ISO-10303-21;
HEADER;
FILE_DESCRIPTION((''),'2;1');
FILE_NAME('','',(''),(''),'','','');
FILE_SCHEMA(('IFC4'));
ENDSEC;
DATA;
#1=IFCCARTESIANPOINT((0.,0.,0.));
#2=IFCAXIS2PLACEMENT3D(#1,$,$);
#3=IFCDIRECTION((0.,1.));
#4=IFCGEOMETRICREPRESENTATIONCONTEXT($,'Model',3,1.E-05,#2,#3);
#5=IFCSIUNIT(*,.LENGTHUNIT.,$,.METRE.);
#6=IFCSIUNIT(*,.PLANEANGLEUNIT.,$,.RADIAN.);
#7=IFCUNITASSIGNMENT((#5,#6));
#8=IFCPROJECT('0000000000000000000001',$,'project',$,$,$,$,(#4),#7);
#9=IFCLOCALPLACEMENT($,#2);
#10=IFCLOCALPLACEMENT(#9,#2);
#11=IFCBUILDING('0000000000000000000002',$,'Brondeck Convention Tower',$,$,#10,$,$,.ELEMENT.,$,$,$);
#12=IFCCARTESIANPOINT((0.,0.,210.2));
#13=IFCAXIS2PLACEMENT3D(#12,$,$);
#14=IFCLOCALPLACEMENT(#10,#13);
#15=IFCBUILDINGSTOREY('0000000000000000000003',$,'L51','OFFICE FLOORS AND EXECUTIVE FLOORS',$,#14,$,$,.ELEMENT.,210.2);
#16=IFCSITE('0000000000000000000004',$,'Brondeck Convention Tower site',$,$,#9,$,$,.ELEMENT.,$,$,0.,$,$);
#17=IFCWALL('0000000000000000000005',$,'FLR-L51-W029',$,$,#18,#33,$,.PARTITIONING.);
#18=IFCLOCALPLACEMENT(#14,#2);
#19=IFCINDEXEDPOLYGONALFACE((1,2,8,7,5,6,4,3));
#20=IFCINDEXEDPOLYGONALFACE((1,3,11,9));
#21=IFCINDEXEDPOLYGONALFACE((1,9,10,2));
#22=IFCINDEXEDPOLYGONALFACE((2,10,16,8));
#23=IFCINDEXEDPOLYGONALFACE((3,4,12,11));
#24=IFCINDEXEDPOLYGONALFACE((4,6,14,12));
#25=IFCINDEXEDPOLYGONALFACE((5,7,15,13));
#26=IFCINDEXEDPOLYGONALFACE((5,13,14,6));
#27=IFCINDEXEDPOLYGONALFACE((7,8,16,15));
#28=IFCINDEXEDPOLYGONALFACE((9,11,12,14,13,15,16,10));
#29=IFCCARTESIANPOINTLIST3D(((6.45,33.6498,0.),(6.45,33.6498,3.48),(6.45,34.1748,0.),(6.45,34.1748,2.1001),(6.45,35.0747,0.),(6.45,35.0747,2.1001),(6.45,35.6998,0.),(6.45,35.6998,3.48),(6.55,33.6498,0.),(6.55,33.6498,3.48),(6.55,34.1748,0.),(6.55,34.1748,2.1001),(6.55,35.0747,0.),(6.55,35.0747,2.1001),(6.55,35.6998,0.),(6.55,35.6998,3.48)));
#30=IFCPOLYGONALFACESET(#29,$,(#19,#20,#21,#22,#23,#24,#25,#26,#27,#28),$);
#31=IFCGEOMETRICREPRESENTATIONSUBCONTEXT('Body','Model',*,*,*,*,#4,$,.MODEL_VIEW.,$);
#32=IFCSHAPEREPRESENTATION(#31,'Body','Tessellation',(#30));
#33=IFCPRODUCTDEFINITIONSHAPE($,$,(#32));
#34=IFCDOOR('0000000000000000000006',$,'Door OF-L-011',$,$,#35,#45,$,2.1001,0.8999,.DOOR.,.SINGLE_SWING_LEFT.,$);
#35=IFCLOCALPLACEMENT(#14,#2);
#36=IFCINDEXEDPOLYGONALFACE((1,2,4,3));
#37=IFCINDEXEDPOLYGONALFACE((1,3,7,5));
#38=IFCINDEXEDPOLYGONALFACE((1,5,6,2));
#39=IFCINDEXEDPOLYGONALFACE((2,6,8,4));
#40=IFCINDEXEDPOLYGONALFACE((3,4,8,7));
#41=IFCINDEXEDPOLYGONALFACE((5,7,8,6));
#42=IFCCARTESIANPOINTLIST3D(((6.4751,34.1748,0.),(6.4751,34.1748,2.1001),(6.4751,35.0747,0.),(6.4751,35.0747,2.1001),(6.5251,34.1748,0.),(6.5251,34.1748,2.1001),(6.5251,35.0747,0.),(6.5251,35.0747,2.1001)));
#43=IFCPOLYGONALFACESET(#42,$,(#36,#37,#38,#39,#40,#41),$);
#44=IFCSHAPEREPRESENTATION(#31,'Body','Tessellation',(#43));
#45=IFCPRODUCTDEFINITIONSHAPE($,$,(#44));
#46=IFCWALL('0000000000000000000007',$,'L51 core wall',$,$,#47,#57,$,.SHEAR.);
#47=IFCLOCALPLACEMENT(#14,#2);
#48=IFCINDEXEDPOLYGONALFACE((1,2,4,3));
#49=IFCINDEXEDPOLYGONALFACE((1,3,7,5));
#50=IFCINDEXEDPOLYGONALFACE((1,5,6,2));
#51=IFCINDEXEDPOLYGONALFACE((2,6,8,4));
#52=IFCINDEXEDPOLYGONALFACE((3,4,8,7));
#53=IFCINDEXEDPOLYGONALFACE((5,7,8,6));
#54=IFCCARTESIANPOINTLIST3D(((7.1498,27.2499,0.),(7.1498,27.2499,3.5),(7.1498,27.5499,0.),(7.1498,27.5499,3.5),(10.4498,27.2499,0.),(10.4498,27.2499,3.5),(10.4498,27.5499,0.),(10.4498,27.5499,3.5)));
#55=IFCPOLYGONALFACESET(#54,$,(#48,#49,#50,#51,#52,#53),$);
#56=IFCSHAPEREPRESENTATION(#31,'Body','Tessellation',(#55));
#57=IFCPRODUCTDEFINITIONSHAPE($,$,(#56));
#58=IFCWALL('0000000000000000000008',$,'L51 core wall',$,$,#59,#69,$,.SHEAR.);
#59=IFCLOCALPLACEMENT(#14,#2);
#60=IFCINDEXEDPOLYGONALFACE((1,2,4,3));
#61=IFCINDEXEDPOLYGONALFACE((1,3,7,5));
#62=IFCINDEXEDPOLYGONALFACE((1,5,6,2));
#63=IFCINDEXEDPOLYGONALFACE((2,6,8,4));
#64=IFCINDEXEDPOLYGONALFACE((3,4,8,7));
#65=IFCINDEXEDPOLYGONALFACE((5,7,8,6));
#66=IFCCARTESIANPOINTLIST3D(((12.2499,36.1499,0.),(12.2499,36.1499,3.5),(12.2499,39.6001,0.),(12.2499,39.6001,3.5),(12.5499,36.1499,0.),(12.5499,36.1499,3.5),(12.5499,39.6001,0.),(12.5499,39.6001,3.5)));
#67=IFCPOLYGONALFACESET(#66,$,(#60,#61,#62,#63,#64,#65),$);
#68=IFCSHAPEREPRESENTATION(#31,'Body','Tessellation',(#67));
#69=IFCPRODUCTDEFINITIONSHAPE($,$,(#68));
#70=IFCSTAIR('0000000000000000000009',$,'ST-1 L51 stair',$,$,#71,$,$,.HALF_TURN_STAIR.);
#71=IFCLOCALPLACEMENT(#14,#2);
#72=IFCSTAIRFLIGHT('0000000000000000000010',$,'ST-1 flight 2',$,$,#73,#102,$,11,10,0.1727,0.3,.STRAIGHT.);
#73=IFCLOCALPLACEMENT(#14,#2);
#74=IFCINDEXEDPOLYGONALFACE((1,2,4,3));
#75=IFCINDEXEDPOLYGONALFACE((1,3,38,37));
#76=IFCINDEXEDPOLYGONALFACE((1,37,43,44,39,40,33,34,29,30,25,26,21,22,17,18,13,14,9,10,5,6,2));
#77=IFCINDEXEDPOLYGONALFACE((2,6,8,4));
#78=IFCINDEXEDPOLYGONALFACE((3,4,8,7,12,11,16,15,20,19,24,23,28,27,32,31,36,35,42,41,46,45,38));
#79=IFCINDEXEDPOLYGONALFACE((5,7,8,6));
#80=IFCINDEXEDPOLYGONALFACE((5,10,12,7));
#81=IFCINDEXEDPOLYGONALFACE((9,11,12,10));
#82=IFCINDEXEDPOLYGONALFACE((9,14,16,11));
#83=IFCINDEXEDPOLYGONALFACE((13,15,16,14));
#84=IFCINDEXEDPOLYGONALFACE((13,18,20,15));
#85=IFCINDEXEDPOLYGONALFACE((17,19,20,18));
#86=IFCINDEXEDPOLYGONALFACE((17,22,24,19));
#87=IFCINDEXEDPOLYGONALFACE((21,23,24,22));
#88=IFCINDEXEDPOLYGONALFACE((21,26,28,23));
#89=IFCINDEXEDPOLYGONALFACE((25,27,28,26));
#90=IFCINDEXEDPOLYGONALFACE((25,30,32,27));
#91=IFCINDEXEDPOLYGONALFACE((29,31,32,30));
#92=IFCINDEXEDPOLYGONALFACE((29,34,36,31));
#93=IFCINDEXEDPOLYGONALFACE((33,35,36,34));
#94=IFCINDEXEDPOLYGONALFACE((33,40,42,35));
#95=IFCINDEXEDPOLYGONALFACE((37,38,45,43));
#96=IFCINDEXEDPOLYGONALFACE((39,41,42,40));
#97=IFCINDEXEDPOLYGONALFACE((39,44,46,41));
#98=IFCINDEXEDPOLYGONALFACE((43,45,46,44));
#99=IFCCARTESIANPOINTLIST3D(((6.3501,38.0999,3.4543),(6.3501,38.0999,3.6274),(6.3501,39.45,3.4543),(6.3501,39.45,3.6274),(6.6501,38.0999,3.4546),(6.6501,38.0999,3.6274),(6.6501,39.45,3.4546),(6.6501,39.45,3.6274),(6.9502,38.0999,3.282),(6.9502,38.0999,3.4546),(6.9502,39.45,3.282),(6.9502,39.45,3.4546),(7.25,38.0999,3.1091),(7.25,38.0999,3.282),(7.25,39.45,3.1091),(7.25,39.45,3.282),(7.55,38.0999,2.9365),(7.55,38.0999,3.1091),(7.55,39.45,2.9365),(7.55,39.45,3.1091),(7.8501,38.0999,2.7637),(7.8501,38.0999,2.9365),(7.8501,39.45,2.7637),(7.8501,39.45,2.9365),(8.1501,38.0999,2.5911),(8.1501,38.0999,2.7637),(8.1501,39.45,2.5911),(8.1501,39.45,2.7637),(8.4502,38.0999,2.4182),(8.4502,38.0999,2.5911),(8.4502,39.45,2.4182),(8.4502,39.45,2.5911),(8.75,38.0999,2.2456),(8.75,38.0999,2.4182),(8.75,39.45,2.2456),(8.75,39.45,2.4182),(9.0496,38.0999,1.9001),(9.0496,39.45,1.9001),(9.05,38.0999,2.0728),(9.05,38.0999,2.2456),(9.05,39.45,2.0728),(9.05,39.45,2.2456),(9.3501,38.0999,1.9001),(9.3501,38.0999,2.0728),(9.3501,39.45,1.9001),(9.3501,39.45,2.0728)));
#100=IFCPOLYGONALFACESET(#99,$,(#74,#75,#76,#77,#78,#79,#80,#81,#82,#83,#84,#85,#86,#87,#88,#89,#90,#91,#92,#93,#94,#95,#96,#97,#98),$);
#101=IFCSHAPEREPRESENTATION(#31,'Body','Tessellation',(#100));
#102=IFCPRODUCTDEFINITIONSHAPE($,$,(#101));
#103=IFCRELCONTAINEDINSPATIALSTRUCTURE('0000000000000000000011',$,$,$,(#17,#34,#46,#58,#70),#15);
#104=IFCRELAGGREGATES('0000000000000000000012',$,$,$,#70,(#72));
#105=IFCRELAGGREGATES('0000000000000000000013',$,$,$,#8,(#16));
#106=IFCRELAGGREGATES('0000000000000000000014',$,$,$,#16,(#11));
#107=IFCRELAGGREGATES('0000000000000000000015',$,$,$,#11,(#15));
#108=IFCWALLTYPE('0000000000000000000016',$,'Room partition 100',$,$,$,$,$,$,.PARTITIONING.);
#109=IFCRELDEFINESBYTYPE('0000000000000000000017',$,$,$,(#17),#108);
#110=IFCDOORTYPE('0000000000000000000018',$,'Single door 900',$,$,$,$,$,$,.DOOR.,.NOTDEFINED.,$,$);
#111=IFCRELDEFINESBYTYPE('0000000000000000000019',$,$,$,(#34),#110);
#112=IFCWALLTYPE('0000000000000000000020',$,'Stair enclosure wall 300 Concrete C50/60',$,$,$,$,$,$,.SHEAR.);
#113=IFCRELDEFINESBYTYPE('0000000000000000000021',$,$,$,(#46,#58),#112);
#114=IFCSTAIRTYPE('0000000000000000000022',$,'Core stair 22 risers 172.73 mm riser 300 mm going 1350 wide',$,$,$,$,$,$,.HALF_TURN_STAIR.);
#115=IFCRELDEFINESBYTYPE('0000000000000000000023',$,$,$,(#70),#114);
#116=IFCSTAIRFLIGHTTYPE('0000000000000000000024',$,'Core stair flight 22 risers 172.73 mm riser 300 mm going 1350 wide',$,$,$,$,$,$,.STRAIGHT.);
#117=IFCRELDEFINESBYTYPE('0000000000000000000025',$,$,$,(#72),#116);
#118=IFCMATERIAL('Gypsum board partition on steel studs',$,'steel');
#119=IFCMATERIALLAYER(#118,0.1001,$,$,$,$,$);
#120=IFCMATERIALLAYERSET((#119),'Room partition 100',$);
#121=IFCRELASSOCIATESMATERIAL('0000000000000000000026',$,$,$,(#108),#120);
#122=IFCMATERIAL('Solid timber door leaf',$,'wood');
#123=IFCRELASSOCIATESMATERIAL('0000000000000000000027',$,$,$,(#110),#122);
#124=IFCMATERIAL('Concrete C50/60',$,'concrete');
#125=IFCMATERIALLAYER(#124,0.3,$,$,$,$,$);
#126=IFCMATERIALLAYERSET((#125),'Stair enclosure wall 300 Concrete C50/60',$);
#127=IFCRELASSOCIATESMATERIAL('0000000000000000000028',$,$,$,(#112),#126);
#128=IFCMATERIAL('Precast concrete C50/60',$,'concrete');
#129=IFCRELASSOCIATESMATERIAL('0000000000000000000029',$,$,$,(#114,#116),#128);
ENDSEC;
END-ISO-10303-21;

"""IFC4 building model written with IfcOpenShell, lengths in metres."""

from ifc_helpers import new_model, si_unit, direction, frame, frame_2d, origin, place, context, subcontext, project, spatial, polyline, rectangle, outline, extrude, material, layer, layer_set, type_object, element, fill, aggregate, save


model = new_model("IFC4")

# Units and contexts
model_context = context("Model", 3, precision=1e-05, world=origin(), true_north=direction((0.0, 1.0)))
body_context = subcontext(model_context, "Body", "Model", "MODEL_VIEW")
ifc_project = project(units=[si_unit("LENGTHUNIT", "METRE"), si_unit("PLANEANGLEUNIT", "RADIAN")], contexts=[model_context])

# Site, building, storey
site_placement = place(None, origin())
site = spatial("IfcSite", under=ifc_project, at=site_placement, Name="Brondeck Convention Tower site", CompositionType="ELEMENT", RefElevation=0.0)
building_placement = place(site_placement, origin())
building = spatial("IfcBuilding", under=site, at=building_placement, Name="Brondeck Convention Tower", CompositionType="ELEMENT")
storey_placement = place(building_placement, frame((0.0, 0.0, 210.2)))
storey = spatial("IfcBuildingStorey", under=building, at=storey_placement, Name="L51", Description="OFFICE FLOORS AND EXECUTIVE FLOORS", CompositionType="ELEMENT", Elevation=210.2)

# Shared definitions
ifc_material_1 = material(Name="Concrete C50/60", Category="concrete")

# Shared definitions
ifc_material_2 = material(Name="Gypsum board partition on steel studs", Category="steel")
ifc_layer_1 = layer(ifc_material_2, 0.1001)
ifc_layer_set_1 = layer_set([ifc_layer_1], Name="Room partition 100")
wall_type_1 = type_object("IfcWallType", Name="Room partition 100", PredefinedType="PARTITIONING", material=ifc_layer_set_1)

# Wall, opening, door
wall_1_placement = place(storey_placement, frame((6.5, 33.6499, 0.0), z_axis=(0.0, 0.0, 1.0), x_axis=(0.0, 1.0, 0.0)))
wall_1 = element("IfcWall", 1, at=wall_1_placement, inside=storey, type_object=wall_type_1, Name="FLR-L51-W029", PredefinedType="PARTITIONING", context=body_context, shape_type="SweptSolid", body=[
    extrude(rectangle(XDim=2.05, YDim=0.1001, at=frame_2d((1.0249, 0.0))), origin(), (0.0, 0.0, 1.0), 3.48),
])
opening_1_placement = place(wall_1_placement, frame((0.5249, 0.0, 0.0)))
opening_1 = element("IfcOpeningElement", 2, at=opening_1_placement, cuts=wall_1, PredefinedType="OPENING", context=body_context, shape_type="SweptSolid", body=[
    extrude(rectangle(XDim=0.8999, YDim=2.1001, at=frame_2d((0.45, 1.05))), frame((0.0, 0.0601, 0.0), z_axis=(0.0, -1.0, 0.0), x_axis=(1.0, 0.0, 0.0)), (0.0, 0.0, 1.0), 0.1201),
])
ifc_material_3 = material(Name="Solid timber door leaf", Category="wood")
door_type_1 = type_object("IfcDoorType", Name="Single door 900", OperationType="NOTDEFINED", PredefinedType="DOOR", material=ifc_material_3)
door_1_placement = place(opening_1_placement, origin())
door_1 = element("IfcDoor", 3, at=door_1_placement, inside=storey, type_object=door_type_1, Name="Door OF-L-011", OperationType="SINGLE_SWING_LEFT", OverallHeight=2.1001, OverallWidth=0.8999, PredefinedType="DOOR", context=body_context, shape_type="SweptSolid", body=[
    extrude(rectangle(XDim=0.8999, YDim=2.1001, at=frame_2d((0.45, 1.05))), frame((0.0, 0.0249, 0.0), z_axis=(0.0, -1.0, 0.0), x_axis=(1.0, 0.0, 0.0)), (0.0, 0.0, 1.0), 0.05),
])
fill(opening_1, door_1)

# Walls
ifc_layer_2 = layer(ifc_material_1, 0.3)
ifc_layer_set_2 = layer_set([ifc_layer_2], Name="Stair enclosure wall 300 Concrete C50/60")
wall_type_2 = type_object("IfcWallType", Name="Stair enclosure wall 300 Concrete C50/60", PredefinedType="SHEAR", material=ifc_layer_set_2)
wall_2_placement = place(storey_placement, frame((7.1499, 27.3999, 0.0), z_axis=(0.0, 0.0, 1.0), x_axis=(1.0, 0.0, 0.0)))
element("IfcWall", 4, at=wall_2_placement, inside=storey, type_object=wall_type_2, Name="L51 core wall", PredefinedType="SHEAR", context=body_context, shape_type="SweptSolid", body=[
    extrude(rectangle(XDim=3.3, YDim=0.3, at=frame_2d((1.6499, 0.0))), origin(), (0.0, 0.0, 1.0), 3.5),
])
wall_3_placement = place(storey_placement, frame((12.3999, 36.1499, 0.0), z_axis=(0.0, 0.0, 1.0), x_axis=(0.0, 1.0, 0.0)))
element("IfcWall", 5, at=wall_3_placement, inside=storey, type_object=wall_type_2, Name="L51 core wall", PredefinedType="SHEAR", context=body_context, shape_type="SweptSolid", body=[
    extrude(rectangle(XDim=3.4502, YDim=0.3, at=frame_2d((1.7251, 0.0))), origin(), (0.0, 0.0, 1.0), 3.5),
])

# Stair, stair flight
ifc_material_4 = material(Name="Precast concrete C50/60", Category="concrete")
stair_type = type_object("IfcStairType", Name="Core stair 22 risers 172.73 mm riser 300 mm going 1350 wide", PredefinedType="HALF_TURN_STAIR", material=ifc_material_4)
stair_placement = place(storey_placement, origin())
stair = element("IfcStair", 6, at=stair_placement, inside=storey, type_object=stair_type, Name="ST-1 L51 stair", PredefinedType="HALF_TURN_STAIR")
stair_flight_type = type_object("IfcStairFlightType", Name="Core stair flight 22 risers 172.73 mm riser 300 mm going 1350 wide", PredefinedType="STRAIGHT", material=ifc_material_4)
stair_flight_placement = place(storey_placement, frame((9.3501, 38.7749, 1.9001), z_axis=(0.0, 0.0, 1.0), x_axis=(-1.0, 0.0, 0.0)))
stair_flight = element("IfcStairFlight", 7, at=stair_flight_placement, type_object=stair_flight_type, Name="ST-1 flight 2", NumberOfRisers=11, NumberOfTreads=10, PredefinedType="STRAIGHT", RiserHeight=0.1727, TreadLength=0.3, context=body_context, shape_type="SweptSolid", body=[
    extrude(outline(polyline([(0.0, 0.0), (0.0, 0.1726), (0.3, 0.1726), (0.3, 0.3455), (0.6001, 0.3455), (0.6001, 0.5181), (0.8999, 0.5181), (0.8999, 0.6909), (1.2, 0.6909), (1.2, 0.8635), (1.5, 0.8635), (1.5, 1.0364), (1.8, 1.0364), (1.8, 1.209), (2.1001, 1.209), (2.1001, 1.3818), (2.3999, 1.3818), (2.3999, 1.5544), (2.7, 1.5544), (2.7, 1.7273), (3.0, 1.7273), (3.0, 1.8999), (3.0, 1.5542), (0.3005, 0.0), (0.0, 0.0)])), frame((0.0, 0.675, 0.0), z_axis=(0.0, -1.0, 0.0), x_axis=(1.0, 0.0, 0.0)), (0.0, 0.0, 1.0), 1.3501),
])
aggregate(stair, [stair_flight])

save(model, "model.ifc")
